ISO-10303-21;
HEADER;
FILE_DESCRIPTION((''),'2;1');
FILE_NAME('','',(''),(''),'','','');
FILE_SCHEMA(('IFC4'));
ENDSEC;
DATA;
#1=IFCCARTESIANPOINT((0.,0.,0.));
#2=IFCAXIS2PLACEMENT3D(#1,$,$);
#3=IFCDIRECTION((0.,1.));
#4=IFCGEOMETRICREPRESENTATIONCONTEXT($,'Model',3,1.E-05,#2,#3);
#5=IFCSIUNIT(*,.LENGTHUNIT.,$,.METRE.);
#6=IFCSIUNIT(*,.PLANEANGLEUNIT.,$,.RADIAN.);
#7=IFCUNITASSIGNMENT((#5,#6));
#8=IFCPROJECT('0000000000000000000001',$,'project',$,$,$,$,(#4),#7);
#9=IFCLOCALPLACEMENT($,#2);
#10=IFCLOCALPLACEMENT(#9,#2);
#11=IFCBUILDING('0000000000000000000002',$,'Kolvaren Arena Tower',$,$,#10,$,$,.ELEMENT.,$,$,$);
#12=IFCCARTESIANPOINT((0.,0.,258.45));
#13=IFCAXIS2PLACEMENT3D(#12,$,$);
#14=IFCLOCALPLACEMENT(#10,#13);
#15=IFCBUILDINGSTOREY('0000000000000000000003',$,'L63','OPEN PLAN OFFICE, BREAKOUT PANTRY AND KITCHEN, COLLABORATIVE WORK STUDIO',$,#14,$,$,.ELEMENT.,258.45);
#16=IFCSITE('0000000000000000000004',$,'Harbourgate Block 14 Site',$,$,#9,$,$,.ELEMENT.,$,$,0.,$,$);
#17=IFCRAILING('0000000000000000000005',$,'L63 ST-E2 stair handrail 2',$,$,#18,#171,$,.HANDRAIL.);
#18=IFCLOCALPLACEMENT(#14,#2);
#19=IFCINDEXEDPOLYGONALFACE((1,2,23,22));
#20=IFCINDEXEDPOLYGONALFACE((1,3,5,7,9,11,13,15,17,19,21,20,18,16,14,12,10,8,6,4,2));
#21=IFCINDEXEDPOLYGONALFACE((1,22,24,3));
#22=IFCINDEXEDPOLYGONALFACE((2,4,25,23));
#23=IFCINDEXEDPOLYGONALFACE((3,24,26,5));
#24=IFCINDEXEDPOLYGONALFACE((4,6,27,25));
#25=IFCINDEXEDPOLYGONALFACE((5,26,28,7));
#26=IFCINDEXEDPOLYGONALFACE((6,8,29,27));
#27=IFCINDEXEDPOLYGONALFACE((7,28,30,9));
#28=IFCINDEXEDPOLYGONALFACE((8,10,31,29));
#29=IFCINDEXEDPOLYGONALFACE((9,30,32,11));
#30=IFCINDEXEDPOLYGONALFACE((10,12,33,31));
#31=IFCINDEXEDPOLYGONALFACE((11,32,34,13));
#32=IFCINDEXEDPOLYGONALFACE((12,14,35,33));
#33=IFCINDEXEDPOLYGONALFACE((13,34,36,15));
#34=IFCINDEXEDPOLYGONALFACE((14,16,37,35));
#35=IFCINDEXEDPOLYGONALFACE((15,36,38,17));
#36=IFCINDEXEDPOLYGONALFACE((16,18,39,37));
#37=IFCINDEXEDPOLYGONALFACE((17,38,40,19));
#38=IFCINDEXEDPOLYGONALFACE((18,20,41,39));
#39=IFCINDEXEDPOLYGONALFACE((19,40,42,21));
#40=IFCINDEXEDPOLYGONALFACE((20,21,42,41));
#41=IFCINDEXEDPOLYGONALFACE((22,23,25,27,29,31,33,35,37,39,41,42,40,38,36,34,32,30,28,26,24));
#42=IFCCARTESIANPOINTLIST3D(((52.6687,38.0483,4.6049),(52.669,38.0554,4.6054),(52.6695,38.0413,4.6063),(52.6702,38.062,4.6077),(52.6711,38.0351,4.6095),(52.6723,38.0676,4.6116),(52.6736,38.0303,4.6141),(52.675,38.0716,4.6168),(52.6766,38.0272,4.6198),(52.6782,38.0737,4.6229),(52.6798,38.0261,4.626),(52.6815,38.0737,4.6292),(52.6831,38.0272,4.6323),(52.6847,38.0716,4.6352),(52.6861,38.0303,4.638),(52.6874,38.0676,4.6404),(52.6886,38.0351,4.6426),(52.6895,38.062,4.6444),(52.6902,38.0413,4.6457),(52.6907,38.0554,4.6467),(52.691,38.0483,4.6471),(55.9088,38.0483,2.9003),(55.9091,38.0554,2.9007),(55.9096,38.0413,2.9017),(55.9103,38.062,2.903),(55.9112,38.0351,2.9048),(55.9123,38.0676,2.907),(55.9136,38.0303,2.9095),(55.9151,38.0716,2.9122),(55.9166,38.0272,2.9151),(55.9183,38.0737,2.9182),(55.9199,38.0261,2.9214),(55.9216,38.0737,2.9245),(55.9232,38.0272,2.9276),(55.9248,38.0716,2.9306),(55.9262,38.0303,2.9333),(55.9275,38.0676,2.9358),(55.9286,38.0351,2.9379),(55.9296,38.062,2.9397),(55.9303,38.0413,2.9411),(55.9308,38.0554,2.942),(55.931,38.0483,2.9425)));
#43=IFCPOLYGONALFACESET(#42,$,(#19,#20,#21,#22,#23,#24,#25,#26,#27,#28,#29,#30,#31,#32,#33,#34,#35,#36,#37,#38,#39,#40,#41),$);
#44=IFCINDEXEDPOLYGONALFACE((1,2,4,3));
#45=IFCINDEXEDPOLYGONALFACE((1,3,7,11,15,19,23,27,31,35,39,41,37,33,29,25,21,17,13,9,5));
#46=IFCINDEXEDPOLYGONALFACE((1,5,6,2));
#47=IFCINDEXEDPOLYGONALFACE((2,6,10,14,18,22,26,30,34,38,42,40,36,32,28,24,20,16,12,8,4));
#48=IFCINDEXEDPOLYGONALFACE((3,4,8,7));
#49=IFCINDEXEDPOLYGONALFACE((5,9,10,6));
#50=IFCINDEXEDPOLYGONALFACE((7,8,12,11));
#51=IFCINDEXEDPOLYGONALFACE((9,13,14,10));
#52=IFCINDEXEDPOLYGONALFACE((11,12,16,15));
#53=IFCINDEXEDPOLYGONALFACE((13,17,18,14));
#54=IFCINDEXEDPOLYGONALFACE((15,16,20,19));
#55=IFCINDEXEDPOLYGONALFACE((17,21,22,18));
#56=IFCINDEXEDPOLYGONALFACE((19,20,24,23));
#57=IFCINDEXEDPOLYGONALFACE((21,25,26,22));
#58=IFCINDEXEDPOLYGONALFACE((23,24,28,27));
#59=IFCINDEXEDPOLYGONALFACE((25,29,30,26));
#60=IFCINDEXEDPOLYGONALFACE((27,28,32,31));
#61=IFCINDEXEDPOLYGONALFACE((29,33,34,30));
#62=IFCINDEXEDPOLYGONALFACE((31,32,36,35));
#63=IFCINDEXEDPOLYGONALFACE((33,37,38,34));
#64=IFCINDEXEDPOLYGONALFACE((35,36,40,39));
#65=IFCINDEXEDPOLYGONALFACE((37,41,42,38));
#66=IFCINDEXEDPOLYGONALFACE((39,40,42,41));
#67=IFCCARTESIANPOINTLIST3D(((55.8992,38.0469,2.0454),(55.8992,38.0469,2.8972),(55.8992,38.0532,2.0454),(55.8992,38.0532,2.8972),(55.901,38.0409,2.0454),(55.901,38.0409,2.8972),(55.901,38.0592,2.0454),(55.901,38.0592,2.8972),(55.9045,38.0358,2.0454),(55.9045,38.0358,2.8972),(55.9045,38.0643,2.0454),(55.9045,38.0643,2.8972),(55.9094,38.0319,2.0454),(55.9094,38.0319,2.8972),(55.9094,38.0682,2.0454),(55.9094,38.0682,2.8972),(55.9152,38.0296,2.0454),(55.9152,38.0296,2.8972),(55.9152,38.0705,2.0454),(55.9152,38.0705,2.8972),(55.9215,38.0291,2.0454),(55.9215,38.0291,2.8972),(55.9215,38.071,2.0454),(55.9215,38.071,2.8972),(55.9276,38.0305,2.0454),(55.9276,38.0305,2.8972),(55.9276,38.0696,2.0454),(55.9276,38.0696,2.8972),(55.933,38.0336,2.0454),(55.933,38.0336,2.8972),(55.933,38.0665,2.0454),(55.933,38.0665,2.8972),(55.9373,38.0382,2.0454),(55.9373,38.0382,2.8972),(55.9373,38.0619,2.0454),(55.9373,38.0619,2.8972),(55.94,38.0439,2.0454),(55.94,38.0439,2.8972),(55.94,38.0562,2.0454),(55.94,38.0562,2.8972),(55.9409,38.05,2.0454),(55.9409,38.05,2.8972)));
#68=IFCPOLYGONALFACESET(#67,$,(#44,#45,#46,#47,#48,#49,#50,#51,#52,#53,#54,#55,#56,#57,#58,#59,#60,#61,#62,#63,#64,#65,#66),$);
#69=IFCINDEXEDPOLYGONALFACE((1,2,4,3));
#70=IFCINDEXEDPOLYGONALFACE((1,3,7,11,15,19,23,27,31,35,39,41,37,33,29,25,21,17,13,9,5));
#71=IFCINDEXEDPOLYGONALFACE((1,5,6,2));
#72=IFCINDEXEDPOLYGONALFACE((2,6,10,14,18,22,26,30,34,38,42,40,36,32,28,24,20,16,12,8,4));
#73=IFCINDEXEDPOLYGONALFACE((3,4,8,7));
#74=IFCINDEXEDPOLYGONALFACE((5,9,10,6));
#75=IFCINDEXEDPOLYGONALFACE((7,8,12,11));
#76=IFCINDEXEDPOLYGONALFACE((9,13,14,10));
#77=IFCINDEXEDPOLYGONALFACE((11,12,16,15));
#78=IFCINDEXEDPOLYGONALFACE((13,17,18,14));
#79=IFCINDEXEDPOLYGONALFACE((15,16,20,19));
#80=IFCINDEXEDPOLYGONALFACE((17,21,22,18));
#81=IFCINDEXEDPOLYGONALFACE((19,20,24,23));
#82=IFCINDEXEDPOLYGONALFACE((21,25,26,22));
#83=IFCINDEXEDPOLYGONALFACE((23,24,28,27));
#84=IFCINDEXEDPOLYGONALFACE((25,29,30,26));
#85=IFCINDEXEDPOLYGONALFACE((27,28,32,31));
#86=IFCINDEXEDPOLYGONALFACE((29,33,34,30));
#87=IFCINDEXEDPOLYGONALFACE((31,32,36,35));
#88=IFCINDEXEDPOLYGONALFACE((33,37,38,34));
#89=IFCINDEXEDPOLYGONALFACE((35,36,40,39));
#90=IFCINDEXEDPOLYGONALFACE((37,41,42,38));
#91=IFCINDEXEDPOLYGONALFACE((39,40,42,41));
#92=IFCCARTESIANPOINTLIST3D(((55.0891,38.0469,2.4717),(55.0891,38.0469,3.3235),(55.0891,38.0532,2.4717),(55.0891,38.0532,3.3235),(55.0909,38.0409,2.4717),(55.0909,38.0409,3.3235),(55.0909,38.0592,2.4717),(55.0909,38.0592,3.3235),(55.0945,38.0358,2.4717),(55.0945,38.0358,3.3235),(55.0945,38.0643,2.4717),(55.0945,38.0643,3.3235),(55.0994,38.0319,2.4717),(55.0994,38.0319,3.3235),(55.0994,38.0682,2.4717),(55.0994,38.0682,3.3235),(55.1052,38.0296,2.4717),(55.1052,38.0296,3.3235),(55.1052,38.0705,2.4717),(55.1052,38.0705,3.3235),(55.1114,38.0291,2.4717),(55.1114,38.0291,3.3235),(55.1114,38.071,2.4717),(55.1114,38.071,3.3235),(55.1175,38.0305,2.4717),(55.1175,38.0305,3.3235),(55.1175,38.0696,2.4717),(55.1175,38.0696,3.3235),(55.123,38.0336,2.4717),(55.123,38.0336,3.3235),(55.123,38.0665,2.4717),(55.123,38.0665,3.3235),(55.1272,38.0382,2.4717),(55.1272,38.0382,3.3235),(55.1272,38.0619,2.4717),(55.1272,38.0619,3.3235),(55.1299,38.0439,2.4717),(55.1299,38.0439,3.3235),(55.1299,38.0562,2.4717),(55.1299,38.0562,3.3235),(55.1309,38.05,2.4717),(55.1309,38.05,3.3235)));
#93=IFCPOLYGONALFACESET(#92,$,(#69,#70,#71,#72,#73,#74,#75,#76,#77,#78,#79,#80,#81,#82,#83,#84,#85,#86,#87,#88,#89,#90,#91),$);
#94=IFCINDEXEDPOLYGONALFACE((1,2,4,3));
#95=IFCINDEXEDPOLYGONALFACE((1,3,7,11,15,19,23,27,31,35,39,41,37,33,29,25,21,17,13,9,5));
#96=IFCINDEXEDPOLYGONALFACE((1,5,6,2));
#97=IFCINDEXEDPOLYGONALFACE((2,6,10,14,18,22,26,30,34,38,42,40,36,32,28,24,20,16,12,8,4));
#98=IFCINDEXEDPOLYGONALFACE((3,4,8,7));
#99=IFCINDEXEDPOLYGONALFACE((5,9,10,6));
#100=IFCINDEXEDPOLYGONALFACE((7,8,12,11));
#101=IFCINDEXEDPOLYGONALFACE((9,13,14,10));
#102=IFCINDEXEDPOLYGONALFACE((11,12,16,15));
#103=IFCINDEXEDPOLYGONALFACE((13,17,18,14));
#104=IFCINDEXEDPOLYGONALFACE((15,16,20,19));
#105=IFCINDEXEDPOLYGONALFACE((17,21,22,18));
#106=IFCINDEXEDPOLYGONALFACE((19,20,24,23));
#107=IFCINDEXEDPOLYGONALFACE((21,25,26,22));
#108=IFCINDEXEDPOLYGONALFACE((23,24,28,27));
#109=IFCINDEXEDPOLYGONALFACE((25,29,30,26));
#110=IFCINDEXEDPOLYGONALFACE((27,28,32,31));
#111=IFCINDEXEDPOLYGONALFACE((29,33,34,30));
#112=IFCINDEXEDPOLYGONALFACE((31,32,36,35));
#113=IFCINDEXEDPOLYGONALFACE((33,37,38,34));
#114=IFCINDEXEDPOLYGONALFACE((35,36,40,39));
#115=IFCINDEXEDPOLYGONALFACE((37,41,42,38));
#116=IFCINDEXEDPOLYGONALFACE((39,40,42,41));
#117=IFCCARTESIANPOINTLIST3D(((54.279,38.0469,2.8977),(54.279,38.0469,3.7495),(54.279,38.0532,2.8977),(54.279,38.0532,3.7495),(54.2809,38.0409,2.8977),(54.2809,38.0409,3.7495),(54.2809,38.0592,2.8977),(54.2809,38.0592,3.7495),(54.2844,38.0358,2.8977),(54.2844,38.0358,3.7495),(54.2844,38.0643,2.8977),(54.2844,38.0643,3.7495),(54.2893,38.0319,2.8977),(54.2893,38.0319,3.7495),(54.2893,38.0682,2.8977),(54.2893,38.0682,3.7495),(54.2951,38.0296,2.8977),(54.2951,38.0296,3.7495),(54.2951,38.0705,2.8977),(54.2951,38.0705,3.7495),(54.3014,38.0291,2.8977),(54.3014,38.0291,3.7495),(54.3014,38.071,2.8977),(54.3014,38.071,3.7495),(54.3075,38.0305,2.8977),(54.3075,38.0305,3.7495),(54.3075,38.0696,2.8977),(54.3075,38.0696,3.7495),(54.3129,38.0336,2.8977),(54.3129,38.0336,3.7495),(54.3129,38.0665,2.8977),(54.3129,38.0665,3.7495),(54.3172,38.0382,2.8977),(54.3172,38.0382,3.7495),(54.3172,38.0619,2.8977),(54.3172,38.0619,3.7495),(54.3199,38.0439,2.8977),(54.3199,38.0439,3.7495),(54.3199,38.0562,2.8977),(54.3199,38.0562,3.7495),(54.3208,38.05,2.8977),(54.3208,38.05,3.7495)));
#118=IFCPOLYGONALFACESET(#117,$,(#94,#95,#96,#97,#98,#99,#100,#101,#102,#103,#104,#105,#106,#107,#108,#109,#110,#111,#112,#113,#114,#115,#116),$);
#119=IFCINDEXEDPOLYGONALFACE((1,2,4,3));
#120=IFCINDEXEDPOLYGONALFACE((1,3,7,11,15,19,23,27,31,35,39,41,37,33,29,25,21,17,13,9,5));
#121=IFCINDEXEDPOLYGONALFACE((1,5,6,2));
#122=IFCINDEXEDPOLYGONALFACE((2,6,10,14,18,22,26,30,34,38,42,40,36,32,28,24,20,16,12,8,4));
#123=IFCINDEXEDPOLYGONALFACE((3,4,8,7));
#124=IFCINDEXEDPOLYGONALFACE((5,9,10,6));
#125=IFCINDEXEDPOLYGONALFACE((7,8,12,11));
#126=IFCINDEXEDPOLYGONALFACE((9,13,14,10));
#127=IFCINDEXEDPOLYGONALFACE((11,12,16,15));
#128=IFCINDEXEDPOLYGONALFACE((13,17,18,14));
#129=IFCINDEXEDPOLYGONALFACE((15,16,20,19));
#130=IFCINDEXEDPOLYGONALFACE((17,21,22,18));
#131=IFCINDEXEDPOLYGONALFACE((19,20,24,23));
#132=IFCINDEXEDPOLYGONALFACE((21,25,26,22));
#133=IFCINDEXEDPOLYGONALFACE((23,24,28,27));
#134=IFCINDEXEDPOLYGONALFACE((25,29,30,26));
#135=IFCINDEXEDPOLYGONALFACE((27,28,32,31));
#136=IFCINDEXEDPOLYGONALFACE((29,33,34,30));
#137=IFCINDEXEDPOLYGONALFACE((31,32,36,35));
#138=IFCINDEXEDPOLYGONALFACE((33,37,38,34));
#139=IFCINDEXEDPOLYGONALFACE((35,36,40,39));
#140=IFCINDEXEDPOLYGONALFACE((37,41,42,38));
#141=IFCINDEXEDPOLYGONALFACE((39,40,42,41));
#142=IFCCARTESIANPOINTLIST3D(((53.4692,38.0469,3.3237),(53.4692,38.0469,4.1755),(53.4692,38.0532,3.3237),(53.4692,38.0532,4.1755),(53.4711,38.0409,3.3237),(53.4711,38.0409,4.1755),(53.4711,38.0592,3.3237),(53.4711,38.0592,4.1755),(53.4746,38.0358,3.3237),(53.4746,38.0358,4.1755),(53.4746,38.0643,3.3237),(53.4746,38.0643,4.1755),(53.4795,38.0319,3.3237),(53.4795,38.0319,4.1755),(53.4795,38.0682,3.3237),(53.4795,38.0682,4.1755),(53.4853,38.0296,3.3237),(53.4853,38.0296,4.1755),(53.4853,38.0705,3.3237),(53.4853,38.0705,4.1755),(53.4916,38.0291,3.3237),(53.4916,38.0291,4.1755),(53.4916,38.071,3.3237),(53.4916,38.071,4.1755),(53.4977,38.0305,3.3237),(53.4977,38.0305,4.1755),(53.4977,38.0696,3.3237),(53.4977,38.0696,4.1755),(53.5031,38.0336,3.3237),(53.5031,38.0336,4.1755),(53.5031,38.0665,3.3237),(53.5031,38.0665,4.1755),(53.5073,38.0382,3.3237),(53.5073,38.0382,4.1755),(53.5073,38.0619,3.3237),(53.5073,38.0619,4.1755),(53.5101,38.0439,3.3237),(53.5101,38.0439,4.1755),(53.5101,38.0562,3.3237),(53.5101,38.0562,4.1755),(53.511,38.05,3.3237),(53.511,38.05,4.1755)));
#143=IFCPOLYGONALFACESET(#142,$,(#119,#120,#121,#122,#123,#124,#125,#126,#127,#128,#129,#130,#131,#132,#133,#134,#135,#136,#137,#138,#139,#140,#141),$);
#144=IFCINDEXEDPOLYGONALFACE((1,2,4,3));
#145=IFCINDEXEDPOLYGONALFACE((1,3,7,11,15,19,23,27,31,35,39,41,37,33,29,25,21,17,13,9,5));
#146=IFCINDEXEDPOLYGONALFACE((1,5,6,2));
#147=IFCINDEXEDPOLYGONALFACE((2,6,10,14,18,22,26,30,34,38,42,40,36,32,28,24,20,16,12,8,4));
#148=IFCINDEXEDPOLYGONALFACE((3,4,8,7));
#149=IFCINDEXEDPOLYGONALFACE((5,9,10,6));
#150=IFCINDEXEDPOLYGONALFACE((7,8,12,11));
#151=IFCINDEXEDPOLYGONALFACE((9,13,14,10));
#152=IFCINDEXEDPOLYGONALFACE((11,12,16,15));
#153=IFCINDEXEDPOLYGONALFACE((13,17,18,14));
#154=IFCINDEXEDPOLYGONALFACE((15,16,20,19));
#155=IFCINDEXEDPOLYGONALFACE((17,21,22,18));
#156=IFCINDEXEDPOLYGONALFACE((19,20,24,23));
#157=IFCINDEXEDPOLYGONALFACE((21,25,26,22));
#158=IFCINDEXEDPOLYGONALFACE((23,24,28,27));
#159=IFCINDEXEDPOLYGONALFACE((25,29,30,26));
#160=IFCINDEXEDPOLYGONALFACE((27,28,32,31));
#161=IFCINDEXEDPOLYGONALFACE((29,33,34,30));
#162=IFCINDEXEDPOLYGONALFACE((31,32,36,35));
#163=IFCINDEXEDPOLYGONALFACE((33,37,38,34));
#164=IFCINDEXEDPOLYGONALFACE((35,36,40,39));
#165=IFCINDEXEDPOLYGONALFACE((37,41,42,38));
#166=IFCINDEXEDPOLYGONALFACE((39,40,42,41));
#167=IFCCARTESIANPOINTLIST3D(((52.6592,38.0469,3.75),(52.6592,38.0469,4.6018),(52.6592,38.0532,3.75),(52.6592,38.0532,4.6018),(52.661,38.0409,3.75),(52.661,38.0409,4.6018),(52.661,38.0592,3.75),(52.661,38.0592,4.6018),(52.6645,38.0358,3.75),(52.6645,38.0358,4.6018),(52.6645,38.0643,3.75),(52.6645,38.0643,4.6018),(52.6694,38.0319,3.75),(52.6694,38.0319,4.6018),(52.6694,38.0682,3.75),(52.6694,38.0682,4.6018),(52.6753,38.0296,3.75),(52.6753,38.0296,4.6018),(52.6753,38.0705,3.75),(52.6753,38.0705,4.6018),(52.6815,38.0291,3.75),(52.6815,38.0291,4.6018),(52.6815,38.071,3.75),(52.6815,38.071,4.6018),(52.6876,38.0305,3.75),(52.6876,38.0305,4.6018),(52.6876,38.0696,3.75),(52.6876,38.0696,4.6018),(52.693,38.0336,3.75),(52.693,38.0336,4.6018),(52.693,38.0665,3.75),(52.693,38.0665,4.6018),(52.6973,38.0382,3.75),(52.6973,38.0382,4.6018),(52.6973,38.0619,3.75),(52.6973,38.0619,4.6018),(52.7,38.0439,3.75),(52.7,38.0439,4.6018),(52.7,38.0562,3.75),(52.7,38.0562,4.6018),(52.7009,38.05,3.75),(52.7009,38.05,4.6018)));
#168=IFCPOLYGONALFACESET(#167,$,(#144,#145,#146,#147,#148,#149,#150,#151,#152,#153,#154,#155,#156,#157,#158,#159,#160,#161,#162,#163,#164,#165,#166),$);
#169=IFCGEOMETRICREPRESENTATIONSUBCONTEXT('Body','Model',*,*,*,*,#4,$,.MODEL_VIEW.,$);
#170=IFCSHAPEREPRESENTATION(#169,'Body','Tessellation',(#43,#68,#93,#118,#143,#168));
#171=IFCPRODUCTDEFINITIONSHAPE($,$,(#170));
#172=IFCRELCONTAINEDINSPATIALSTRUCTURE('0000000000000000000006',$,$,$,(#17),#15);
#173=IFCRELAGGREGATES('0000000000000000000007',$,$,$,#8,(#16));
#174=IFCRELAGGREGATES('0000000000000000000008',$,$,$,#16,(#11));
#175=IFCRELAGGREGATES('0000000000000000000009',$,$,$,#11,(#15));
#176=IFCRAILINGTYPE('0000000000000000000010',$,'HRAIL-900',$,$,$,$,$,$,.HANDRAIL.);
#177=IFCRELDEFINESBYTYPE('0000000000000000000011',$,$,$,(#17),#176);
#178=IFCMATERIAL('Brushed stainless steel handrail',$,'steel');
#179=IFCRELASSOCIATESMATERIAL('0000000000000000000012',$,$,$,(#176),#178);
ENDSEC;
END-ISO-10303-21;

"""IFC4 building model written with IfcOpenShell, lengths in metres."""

from ifc_helpers import new_model, si_unit, direction, frame, origin, origin_2d, place, context, subcontext, project, spatial, circle, extrude, material, type_object, element, save


model = new_model("IFC4")

# Units and contexts
model_context = context("Model", 3, precision=1e-05, world=origin(), true_north=direction((0.0, 1.0)))
body_context = subcontext(model_context, "Body", "Model", "MODEL_VIEW")
ifc_project = project(units=[si_unit("LENGTHUNIT", "METRE"), si_unit("PLANEANGLEUNIT", "RADIAN")], contexts=[model_context])

# Site, building, storey
site_placement = place(None, origin())
site = spatial("IfcSite", under=ifc_project, at=site_placement, Name="Harbourgate Block 14 Site", CompositionType="ELEMENT", RefElevation=0.0)
building_placement = place(site_placement, origin())
building = spatial("IfcBuilding", under=site, at=building_placement, Name="Kolvaren Arena Tower", CompositionType="ELEMENT")
storey_placement = place(building_placement, frame((0.0, 0.0, 258.45)))
storey = spatial("IfcBuildingStorey", under=building, at=storey_placement, Name="L63", Description="OPEN PLAN OFFICE, BREAKOUT PANTRY AND KITCHEN, COLLABORATIVE WORK STUDIO", CompositionType="ELEMENT", Elevation=258.45)

# Railing
ifc_material_1 = material(Name="Brushed stainless steel handrail", Category="steel")
railing_type_1 = type_object("IfcRailingType", Name="HRAIL-900", PredefinedType="HANDRAIL", material=ifc_material_1)
for number, where, name in (
    (1, (55.9199, 38.05, 2.0454), "L63 ST-E2 stair handrail 2"),
):
    element("IfcRailing", number, at=place(storey_placement, frame(where)), inside=storey, type_object=railing_type_1, Name=name, PredefinedType="HANDRAIL", context=body_context, shape_type="SweptSolid", body=[
        extrude(circle(Radius=0.0239, at=origin_2d()), frame((0.0, 0.0, 0.876), z_axis=(-0.884993, 0.0, 0.465604), x_axis=(0.0, -1.0, 0.0)), (0.0, 0.0, 1.0), 3.6611),
        extrude(circle(Radius=0.021, at=origin_2d()), origin(), (0.0, 0.0, 1.0), 0.8518),
        extrude(circle(Radius=0.021, at=origin_2d()), frame((-0.8101, 0.0, 0.4263)), (0.0, 0.0, 1.0), 0.8518),
        extrude(circle(Radius=0.021, at=origin_2d()), frame((-1.6201, 0.0, 0.8523)), (0.0, 0.0, 1.0), 0.8518),
        extrude(circle(Radius=0.021, at=origin_2d()), frame((-2.4299, 0.0, 1.2783)), (0.0, 0.0, 1.0), 0.8518),
        extrude(circle(Radius=0.021, at=origin_2d()), frame((-3.24, 0.0, 1.7046)), (0.0, 0.0, 1.0), 0.8518),
    ])

save(model, "model.ifc")
